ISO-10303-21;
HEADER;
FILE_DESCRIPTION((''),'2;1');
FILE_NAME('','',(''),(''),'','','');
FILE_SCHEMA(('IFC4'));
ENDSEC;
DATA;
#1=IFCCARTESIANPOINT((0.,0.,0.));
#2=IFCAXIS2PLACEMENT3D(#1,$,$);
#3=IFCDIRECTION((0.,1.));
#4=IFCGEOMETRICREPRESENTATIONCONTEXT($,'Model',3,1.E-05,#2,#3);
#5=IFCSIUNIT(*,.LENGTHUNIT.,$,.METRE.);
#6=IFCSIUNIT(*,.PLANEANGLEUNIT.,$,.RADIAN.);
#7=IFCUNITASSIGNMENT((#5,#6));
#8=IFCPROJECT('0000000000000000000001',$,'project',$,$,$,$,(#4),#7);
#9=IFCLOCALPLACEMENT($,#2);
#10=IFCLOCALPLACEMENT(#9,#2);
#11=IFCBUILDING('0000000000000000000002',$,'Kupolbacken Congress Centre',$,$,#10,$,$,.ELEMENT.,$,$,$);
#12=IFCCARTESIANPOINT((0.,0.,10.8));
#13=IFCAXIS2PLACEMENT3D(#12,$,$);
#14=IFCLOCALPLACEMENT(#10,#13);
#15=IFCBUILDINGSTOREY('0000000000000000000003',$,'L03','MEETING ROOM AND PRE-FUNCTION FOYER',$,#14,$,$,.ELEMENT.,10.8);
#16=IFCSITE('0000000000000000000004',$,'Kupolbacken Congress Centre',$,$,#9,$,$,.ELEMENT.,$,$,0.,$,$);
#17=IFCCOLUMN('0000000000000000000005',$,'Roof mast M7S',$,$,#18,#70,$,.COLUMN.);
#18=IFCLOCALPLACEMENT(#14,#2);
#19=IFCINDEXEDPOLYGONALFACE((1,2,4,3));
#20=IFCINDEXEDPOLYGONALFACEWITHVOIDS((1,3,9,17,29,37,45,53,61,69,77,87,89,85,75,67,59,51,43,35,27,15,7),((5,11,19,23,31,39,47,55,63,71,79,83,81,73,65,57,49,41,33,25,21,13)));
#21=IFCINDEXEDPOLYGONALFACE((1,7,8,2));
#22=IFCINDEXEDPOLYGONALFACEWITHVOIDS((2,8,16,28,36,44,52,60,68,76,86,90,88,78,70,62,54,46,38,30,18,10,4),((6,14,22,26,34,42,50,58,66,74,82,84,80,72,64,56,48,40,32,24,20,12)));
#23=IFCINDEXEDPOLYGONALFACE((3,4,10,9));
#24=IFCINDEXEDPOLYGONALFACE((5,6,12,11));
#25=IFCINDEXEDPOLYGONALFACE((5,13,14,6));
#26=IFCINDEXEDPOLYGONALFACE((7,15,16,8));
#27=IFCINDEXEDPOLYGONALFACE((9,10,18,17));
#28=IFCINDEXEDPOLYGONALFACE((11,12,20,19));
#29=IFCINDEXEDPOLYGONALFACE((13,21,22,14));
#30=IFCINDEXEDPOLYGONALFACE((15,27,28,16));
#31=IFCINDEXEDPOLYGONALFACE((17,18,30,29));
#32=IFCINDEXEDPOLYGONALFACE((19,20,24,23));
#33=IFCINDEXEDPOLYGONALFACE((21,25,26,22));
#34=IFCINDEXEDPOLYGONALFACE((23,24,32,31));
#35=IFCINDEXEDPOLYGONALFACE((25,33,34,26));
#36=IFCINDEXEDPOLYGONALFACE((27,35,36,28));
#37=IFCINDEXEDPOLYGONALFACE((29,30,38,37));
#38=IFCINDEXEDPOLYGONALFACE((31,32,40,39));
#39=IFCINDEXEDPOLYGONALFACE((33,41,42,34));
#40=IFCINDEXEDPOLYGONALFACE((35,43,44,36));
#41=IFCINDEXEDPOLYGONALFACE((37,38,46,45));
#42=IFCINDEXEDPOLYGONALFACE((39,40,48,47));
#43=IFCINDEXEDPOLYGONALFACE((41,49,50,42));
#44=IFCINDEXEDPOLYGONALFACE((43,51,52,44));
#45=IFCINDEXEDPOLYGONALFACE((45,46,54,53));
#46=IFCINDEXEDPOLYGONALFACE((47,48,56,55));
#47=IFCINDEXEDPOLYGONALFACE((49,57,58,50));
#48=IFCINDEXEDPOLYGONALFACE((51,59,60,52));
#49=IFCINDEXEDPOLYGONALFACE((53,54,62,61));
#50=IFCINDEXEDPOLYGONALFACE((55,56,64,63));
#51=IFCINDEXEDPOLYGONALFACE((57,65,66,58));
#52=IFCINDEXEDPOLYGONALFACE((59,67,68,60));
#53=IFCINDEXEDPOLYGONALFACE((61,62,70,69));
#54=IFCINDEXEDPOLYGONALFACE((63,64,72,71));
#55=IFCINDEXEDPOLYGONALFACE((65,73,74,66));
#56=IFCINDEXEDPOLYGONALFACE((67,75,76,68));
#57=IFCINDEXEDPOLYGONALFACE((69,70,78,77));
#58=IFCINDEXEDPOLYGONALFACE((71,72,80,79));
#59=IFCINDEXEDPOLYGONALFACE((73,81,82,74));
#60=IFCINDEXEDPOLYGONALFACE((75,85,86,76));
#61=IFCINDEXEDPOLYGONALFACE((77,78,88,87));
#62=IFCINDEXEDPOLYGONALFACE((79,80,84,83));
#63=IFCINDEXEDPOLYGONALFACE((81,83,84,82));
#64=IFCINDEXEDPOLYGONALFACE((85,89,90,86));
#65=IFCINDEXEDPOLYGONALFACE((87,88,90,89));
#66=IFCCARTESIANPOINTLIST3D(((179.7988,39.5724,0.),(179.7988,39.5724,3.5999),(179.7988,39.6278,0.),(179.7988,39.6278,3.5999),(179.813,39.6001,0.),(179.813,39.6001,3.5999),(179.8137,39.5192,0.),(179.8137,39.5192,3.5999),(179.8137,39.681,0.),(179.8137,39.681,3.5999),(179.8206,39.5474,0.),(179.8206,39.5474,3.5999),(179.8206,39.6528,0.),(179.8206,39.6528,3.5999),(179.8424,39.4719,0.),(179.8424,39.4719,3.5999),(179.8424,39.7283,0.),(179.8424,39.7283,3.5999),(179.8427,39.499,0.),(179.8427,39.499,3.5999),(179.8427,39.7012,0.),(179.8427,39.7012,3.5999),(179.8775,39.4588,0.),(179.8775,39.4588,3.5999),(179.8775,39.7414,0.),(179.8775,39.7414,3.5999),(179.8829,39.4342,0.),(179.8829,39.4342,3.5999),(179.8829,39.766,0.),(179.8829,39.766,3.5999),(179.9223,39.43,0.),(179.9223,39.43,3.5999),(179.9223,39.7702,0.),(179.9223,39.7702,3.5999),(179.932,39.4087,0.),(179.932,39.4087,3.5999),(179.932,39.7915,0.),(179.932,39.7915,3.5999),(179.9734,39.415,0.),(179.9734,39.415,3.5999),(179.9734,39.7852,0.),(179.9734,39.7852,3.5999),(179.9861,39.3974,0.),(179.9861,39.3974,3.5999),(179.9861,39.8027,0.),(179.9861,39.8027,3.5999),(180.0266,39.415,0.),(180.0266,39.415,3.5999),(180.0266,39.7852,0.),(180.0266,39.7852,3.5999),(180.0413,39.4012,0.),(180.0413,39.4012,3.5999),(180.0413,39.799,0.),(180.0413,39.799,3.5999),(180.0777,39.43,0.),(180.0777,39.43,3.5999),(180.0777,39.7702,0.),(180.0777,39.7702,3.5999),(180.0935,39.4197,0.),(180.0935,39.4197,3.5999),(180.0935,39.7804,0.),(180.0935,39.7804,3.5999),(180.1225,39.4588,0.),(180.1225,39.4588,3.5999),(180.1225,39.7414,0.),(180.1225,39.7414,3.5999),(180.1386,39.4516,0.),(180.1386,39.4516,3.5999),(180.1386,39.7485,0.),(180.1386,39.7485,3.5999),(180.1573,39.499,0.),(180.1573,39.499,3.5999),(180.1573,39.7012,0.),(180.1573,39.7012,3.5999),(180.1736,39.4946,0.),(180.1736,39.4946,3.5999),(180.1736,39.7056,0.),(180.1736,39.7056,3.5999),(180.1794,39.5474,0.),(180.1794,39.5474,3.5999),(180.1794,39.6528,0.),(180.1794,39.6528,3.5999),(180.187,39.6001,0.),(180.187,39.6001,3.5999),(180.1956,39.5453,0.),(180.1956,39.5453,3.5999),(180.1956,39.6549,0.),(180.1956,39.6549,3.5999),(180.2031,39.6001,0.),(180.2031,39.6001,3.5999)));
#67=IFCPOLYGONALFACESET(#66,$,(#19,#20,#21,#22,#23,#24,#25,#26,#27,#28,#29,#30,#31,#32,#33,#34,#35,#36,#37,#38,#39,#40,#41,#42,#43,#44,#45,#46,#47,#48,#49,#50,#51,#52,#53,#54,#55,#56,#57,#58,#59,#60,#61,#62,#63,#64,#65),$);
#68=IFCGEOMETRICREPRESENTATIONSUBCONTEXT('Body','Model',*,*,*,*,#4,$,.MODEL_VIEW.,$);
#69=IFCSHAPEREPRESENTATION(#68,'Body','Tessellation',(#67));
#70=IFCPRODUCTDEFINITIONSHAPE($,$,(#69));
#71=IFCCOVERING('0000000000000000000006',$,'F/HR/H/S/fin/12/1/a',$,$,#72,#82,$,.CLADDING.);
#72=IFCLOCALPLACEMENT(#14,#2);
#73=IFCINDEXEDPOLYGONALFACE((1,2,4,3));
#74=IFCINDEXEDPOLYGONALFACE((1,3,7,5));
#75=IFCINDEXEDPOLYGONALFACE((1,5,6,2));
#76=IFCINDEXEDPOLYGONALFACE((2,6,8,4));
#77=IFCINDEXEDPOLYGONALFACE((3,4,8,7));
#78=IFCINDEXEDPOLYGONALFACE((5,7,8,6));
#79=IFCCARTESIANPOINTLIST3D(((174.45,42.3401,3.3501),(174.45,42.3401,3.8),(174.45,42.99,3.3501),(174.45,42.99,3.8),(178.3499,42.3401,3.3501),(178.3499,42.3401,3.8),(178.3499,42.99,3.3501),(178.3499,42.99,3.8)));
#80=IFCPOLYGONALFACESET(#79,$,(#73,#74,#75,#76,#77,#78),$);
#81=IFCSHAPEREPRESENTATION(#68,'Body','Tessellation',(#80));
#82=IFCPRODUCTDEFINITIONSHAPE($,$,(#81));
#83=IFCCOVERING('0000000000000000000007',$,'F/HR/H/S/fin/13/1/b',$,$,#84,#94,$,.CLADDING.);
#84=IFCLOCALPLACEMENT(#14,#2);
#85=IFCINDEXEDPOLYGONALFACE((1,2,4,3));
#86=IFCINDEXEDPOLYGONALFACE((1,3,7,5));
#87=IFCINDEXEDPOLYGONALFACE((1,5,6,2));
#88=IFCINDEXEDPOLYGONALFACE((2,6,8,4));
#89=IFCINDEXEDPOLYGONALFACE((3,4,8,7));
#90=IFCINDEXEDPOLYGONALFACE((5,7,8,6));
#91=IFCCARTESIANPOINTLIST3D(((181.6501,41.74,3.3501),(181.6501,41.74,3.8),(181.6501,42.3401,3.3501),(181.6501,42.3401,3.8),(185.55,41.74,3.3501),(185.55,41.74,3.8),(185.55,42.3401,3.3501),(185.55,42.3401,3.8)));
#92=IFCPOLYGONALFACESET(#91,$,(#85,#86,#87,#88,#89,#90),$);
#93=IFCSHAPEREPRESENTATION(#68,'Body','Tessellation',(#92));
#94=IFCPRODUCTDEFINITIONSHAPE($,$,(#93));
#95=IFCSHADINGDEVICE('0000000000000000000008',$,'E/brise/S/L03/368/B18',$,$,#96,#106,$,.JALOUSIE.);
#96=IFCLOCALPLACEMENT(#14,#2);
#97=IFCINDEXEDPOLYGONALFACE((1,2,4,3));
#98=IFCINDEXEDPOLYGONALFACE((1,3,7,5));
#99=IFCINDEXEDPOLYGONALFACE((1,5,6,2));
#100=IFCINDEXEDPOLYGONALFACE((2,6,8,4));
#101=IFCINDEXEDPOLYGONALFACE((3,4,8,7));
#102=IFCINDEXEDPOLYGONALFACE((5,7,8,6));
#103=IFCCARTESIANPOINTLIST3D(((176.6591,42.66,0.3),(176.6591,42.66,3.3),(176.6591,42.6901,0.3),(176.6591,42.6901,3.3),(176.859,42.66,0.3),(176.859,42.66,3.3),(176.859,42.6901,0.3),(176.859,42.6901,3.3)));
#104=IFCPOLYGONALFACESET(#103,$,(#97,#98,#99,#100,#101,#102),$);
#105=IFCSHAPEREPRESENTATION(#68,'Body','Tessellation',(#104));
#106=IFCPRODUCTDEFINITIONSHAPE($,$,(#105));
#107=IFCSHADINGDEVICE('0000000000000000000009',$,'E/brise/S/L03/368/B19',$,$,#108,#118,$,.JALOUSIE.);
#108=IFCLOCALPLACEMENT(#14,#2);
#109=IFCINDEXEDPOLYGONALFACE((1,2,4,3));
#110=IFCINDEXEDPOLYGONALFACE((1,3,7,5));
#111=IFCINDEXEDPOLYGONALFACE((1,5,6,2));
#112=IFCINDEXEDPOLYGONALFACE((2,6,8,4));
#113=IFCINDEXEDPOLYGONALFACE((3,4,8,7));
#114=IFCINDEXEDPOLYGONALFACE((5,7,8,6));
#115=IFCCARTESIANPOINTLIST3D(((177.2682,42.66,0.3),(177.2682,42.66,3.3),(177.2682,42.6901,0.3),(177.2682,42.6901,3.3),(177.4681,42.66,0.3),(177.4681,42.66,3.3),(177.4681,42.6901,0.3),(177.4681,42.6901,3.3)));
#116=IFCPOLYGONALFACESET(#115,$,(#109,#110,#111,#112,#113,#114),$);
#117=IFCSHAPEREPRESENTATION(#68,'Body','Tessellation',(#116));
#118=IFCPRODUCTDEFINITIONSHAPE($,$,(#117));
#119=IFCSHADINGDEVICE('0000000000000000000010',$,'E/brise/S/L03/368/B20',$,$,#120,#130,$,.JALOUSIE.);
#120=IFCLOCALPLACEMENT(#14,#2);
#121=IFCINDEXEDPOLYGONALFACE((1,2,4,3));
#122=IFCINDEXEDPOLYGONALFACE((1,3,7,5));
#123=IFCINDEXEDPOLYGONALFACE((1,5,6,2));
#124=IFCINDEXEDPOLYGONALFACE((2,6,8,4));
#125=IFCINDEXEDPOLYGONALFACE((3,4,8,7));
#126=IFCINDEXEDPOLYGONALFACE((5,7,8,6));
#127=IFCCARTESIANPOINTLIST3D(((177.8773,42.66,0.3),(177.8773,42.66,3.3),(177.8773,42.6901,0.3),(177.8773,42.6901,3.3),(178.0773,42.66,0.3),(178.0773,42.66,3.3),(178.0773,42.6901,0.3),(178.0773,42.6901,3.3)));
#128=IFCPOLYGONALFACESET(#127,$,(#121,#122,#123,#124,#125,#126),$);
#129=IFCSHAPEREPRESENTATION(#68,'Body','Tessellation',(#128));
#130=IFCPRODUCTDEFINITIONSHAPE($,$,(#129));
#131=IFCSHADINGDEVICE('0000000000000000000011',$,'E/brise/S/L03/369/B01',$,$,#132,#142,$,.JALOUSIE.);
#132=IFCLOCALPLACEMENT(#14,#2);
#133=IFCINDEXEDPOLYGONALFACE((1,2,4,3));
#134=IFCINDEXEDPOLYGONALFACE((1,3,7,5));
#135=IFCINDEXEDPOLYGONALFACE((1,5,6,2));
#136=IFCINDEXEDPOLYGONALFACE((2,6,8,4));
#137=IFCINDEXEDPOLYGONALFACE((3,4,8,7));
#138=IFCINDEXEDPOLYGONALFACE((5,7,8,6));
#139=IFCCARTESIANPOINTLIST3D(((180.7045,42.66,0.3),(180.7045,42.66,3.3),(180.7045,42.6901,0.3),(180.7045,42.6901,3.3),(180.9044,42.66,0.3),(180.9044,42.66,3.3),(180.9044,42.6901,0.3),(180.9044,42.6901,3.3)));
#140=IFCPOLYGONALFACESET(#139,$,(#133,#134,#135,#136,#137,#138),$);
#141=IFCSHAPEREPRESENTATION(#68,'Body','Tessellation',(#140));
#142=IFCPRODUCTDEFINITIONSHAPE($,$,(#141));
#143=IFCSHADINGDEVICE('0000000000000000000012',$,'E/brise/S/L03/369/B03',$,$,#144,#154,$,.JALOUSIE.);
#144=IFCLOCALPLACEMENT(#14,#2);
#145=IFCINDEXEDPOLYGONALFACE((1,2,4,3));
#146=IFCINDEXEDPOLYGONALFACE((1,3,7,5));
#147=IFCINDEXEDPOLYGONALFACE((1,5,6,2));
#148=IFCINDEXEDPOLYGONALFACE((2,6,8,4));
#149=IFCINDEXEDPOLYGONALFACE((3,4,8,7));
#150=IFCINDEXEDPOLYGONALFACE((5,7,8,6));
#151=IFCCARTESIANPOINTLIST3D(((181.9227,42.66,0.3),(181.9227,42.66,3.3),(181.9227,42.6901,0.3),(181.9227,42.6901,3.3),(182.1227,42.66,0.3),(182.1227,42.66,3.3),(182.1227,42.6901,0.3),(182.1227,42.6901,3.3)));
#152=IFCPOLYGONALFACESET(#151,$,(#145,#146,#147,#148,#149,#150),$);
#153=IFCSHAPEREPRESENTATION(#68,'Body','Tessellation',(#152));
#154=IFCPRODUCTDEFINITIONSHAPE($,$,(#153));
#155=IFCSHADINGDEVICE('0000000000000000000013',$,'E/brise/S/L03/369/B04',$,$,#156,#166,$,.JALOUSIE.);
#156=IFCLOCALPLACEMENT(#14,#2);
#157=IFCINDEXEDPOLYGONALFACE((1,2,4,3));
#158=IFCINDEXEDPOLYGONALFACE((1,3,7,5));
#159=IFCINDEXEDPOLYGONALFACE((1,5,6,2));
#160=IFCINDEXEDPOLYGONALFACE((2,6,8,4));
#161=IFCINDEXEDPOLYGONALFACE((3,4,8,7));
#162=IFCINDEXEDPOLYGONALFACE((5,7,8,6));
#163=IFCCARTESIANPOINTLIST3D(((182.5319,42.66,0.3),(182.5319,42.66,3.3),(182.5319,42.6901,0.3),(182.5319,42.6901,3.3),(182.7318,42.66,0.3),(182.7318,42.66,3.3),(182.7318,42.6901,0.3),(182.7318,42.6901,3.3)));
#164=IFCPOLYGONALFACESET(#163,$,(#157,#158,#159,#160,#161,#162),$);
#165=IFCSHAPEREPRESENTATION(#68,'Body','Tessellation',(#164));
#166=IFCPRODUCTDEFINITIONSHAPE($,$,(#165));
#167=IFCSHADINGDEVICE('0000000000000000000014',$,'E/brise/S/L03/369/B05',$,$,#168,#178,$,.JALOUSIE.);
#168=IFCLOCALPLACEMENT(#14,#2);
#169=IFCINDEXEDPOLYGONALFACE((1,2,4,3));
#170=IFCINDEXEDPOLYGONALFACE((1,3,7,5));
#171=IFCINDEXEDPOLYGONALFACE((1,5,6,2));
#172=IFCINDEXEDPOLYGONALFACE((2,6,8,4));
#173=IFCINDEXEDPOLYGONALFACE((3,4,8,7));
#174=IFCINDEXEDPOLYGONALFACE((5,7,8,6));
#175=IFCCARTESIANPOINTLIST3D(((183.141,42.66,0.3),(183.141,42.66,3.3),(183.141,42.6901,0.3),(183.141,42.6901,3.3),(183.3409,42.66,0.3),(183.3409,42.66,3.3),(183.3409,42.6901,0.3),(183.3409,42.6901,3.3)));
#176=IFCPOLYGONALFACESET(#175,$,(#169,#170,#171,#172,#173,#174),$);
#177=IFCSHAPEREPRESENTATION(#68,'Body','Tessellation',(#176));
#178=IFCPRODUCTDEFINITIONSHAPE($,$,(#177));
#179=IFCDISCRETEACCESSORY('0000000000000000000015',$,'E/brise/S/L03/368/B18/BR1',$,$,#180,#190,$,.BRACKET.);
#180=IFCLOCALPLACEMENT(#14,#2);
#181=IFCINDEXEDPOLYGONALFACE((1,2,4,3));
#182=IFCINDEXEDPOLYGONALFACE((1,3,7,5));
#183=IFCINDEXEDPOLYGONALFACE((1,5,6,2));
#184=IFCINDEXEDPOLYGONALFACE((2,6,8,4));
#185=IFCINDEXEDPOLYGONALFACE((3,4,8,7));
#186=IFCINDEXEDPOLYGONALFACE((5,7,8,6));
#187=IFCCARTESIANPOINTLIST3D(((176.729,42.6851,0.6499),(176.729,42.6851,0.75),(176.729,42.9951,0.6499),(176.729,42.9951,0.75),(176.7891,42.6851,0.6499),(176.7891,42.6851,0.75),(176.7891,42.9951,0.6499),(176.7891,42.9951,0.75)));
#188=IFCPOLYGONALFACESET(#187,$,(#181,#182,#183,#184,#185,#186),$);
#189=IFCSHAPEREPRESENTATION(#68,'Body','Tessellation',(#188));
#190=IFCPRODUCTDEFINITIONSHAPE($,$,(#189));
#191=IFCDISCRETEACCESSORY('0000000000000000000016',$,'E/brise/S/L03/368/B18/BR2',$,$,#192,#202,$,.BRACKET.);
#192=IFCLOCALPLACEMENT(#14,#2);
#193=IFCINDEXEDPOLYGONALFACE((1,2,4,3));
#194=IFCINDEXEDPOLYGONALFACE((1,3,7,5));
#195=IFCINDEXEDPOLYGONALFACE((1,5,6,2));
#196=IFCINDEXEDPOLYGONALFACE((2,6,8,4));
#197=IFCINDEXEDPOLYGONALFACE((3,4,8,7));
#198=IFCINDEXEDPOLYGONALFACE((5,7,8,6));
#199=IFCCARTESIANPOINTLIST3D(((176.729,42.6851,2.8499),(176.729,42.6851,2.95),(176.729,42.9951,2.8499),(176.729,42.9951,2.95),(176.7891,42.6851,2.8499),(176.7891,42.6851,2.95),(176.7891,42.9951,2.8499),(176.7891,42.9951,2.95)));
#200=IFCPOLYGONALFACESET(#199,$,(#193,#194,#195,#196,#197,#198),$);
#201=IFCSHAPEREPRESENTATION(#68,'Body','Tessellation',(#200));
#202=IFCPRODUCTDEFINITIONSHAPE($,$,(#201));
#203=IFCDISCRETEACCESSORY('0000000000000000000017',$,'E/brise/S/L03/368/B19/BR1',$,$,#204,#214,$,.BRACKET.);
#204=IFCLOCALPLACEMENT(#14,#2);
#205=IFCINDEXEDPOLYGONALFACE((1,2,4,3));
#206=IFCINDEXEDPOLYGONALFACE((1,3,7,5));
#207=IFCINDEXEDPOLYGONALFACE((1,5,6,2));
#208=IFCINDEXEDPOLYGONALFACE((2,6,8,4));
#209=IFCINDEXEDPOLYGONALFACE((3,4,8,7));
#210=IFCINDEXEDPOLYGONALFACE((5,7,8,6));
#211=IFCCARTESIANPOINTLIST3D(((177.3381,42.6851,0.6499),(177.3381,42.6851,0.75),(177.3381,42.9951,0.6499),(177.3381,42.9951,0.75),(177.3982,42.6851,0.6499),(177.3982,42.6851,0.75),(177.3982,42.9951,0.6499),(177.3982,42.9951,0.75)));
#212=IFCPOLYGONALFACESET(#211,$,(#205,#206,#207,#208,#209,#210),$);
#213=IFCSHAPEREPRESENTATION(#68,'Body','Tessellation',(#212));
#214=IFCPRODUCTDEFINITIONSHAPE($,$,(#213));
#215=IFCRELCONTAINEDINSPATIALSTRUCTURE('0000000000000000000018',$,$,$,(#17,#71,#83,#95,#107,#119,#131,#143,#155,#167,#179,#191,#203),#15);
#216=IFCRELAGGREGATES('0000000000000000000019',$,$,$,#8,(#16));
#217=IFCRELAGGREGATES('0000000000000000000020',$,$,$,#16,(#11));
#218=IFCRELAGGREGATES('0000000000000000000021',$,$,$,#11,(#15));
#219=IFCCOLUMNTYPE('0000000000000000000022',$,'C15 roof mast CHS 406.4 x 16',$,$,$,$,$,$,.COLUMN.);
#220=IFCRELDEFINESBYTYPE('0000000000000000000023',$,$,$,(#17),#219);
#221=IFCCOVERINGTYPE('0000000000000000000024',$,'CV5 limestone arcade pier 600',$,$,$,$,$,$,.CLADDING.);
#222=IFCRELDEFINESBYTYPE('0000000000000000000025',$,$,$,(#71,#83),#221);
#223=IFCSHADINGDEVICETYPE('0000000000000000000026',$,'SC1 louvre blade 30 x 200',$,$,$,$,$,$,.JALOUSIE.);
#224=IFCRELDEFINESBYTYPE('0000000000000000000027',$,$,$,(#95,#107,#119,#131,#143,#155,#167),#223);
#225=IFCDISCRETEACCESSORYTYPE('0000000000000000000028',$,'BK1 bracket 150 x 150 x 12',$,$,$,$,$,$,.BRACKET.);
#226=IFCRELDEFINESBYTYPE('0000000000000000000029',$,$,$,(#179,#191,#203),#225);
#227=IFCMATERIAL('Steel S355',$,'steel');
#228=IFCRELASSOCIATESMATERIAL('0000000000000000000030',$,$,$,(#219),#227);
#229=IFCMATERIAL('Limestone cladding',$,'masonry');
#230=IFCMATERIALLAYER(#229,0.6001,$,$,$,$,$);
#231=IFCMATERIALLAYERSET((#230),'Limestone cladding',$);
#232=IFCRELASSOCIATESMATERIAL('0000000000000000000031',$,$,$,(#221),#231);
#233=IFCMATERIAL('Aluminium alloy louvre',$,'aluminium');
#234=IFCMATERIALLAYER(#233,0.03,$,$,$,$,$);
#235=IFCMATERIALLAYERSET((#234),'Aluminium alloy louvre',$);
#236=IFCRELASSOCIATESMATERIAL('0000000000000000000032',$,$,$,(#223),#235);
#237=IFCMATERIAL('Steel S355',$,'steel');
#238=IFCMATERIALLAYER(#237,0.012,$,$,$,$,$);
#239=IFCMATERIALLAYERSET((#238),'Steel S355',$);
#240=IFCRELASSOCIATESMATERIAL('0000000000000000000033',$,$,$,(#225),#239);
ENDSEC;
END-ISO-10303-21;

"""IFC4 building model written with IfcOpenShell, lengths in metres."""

from ifc_helpers import new_model, si_unit, direction, frame, origin, origin_2d, place, context, subcontext, project, spatial, rectangle, hollow_circle, extrude, material, layer, layer_set, material_profile, profile_set, type_object, element, save


model = new_model("IFC4")

# Units and contexts
model_context = context("Model", 3, precision=1e-05, world=origin(), true_north=direction((0.0, 1.0)))
body_context = subcontext(model_context, "Body", "Model", "MODEL_VIEW")
ifc_project = project(units=[si_unit("LENGTHUNIT", "METRE"), si_unit("PLANEANGLEUNIT", "RADIAN")], contexts=[model_context])

# Site, building, storey
site_placement = place(None, origin())
site = spatial("IfcSite", under=ifc_project, at=site_placement, Name="Kupolbacken Congress Centre", CompositionType="ELEMENT", RefElevation=0.0)
building_placement = place(site_placement, origin())
building = spatial("IfcBuilding", under=site, at=building_placement, Name="Kupolbacken Congress Centre", CompositionType="ELEMENT")
storey_placement = place(building_placement, frame((0.0, 0.0, 10.8)))
storey = spatial("IfcBuildingStorey", under=building, at=storey_placement, Name="L03", Description="MEETING ROOM AND PRE-FUNCTION FOYER", CompositionType="ELEMENT", Elevation=10.8)

# Column
ifc_material_1 = material(Name="Steel S355", Category="steel")
ifc_material_profile = material_profile(ifc_material_1, hollow_circle(Radius=0.2031, WallThickness=0.0161, at=origin_2d()), Name="CHS 406.4 x 16")
ifc_profile_set = profile_set([ifc_material_profile], Name="Steel S355")
column_type = type_object("IfcColumnType", Name="C15 roof mast CHS 406.4 x 16", PredefinedType="COLUMN", material=ifc_profile_set)
column_placement = place(storey_placement, frame((180.0, 39.6001, 0.0), z_axis=(0.0, 0.0, 1.0), x_axis=(1.0, 0.0, 0.0)))
element("IfcColumn", 1, at=column_placement, inside=storey, type_object=column_type, Name="Roof mast M7S", PredefinedType="COLUMN", context=body_context, shape_type="SweptSolid", body=[
    extrude(hollow_circle(Radius=0.2031, WallThickness=0.0161, at=origin_2d()), origin(), (0.0, 0.0, 1.0), 3.5999),
])

# Coverings
ifc_material_2 = material(Name="Limestone cladding", Category="masonry")
ifc_layer_1 = layer(ifc_material_2, 0.6001)
ifc_layer_set_1 = layer_set([ifc_layer_1], Name="Limestone cladding")
covering_type = type_object("IfcCoveringType", Name="CV5 limestone arcade pier 600", PredefinedType="CLADDING", material=ifc_layer_set_1)
covering_1_placement = place(storey_placement, frame((176.3999, 42.665, 3.3501), z_axis=(0.0, 0.0, 1.0), x_axis=(1.0, 0.0, 0.0)))
element("IfcCovering", 2, at=covering_1_placement, inside=storey, type_object=covering_type, Name="F/HR/H/S/fin/12/1/a", PredefinedType="CLADDING", context=body_context, shape_type="SweptSolid", body=[
    extrude(rectangle(XDim=3.8999, YDim=0.6499, at=origin_2d()), origin(), (0.0, 0.0, 1.0), 0.45),
])
covering_2_placement = place(storey_placement, frame((183.6001, 42.04, 3.3501), z_axis=(0.0, 0.0, 1.0), x_axis=(1.0, 0.0, 0.0)))
element("IfcCovering", 3, at=covering_2_placement, inside=storey, type_object=covering_type, Name="F/HR/H/S/fin/13/1/b", PredefinedType="CLADDING", context=body_context, shape_type="SweptSolid", body=[
    extrude(rectangle(XDim=3.8999, YDim=0.6001, at=origin_2d()), origin(), (0.0, 0.0, 1.0), 0.45),
])

# Shading devices
ifc_material_3 = material(Name="Aluminium alloy louvre", Category="aluminium")
ifc_layer_2 = layer(ifc_material_3, 0.03)
ifc_layer_set_2 = layer_set([ifc_layer_2], Name="Aluminium alloy louvre")
shading_device_type = type_object("IfcShadingDeviceType", Name="SC1 louvre blade 30 x 200", PredefinedType="JALOUSIE", material=ifc_layer_set_2)
for number, where, z_axis, x_axis, name in (
    (4, (176.759, 42.675, 0.3), (0.0, 0.0, 1.0), (1.0, 0.0, 0.0), "E/brise/S/L03/368/B18"),
    (5, (177.3682, 42.675, 0.3), (0.0, 0.0, 1.0), (1.0, 0.0, 0.0), "E/brise/S/L03/368/B19"),
    (6, (177.9773, 42.675, 0.3), (0.0, 0.0, 1.0), (1.0, 0.0, 0.0), "E/brise/S/L03/368/B20"),
    (7, (180.8044, 42.675, 0.3), (0.0, 0.0, 1.0), (1.0, 0.0, 0.0), "E/brise/S/L03/369/B01"),
    (8, (182.0227, 42.675, 0.3), (0.0, 0.0, 1.0), (1.0, 0.0, 0.0), "E/brise/S/L03/369/B03"),
    (9, (182.6318, 42.675, 0.3), (0.0, 0.0, 1.0), (1.0, 0.0, 0.0), "E/brise/S/L03/369/B04"),
    (10, (183.241, 42.675, 0.3), (0.0, 0.0, 1.0), (1.0, 0.0, 0.0), "E/brise/S/L03/369/B05"),
):
    element("IfcShadingDevice", number, at=place(storey_placement, frame(where, z_axis=z_axis, x_axis=x_axis)), inside=storey, type_object=shading_device_type, Name=name, PredefinedType="JALOUSIE", context=body_context, shape_type="SweptSolid", body=[
        extrude(rectangle(XDim=0.2, YDim=0.03, at=origin_2d()), origin(), (0.0, 0.0, 1.0), 3.0),
    ])

# Discrete accessories
ifc_material_4 = material(Name="Steel S355", Category="steel")
ifc_layer_3 = layer(ifc_material_4, 0.012)
ifc_layer_set_3 = layer_set([ifc_layer_3], Name="Steel S355")
discrete_accessory_type = type_object("IfcDiscreteAccessoryType", Name="BK1 bracket 150 x 150 x 12", PredefinedType="BRACKET", material=ifc_layer_set_3)
for number, where, z_axis, x_axis, name in (
    (11, (176.759, 42.8401, 0.6499), (0.0, 0.0, 1.0), (1.0, 0.0, 0.0), "E/brise/S/L03/368/B18/BR1"),
    (12, (176.759, 42.8401, 2.8499), (0.0, 0.0, 1.0), (1.0, 0.0, 0.0), "E/brise/S/L03/368/B18/BR2"),
    (13, (177.3682, 42.8401, 0.6499), (0.0, 0.0, 1.0), (1.0, 0.0, 0.0), "E/brise/S/L03/368/B19/BR1"),
):
    element("IfcDiscreteAccessory", number, at=place(storey_placement, frame(where, z_axis=z_axis, x_axis=x_axis)), inside=storey, type_object=discrete_accessory_type, Name=name, PredefinedType="BRACKET", context=body_context, shape_type="SweptSolid", body=[
        extrude(rectangle(XDim=0.0601, YDim=0.3101, at=origin_2d()), origin(), (0.0, 0.0, 1.0), 0.1001),
    ])

save(model, "model.ifc")
